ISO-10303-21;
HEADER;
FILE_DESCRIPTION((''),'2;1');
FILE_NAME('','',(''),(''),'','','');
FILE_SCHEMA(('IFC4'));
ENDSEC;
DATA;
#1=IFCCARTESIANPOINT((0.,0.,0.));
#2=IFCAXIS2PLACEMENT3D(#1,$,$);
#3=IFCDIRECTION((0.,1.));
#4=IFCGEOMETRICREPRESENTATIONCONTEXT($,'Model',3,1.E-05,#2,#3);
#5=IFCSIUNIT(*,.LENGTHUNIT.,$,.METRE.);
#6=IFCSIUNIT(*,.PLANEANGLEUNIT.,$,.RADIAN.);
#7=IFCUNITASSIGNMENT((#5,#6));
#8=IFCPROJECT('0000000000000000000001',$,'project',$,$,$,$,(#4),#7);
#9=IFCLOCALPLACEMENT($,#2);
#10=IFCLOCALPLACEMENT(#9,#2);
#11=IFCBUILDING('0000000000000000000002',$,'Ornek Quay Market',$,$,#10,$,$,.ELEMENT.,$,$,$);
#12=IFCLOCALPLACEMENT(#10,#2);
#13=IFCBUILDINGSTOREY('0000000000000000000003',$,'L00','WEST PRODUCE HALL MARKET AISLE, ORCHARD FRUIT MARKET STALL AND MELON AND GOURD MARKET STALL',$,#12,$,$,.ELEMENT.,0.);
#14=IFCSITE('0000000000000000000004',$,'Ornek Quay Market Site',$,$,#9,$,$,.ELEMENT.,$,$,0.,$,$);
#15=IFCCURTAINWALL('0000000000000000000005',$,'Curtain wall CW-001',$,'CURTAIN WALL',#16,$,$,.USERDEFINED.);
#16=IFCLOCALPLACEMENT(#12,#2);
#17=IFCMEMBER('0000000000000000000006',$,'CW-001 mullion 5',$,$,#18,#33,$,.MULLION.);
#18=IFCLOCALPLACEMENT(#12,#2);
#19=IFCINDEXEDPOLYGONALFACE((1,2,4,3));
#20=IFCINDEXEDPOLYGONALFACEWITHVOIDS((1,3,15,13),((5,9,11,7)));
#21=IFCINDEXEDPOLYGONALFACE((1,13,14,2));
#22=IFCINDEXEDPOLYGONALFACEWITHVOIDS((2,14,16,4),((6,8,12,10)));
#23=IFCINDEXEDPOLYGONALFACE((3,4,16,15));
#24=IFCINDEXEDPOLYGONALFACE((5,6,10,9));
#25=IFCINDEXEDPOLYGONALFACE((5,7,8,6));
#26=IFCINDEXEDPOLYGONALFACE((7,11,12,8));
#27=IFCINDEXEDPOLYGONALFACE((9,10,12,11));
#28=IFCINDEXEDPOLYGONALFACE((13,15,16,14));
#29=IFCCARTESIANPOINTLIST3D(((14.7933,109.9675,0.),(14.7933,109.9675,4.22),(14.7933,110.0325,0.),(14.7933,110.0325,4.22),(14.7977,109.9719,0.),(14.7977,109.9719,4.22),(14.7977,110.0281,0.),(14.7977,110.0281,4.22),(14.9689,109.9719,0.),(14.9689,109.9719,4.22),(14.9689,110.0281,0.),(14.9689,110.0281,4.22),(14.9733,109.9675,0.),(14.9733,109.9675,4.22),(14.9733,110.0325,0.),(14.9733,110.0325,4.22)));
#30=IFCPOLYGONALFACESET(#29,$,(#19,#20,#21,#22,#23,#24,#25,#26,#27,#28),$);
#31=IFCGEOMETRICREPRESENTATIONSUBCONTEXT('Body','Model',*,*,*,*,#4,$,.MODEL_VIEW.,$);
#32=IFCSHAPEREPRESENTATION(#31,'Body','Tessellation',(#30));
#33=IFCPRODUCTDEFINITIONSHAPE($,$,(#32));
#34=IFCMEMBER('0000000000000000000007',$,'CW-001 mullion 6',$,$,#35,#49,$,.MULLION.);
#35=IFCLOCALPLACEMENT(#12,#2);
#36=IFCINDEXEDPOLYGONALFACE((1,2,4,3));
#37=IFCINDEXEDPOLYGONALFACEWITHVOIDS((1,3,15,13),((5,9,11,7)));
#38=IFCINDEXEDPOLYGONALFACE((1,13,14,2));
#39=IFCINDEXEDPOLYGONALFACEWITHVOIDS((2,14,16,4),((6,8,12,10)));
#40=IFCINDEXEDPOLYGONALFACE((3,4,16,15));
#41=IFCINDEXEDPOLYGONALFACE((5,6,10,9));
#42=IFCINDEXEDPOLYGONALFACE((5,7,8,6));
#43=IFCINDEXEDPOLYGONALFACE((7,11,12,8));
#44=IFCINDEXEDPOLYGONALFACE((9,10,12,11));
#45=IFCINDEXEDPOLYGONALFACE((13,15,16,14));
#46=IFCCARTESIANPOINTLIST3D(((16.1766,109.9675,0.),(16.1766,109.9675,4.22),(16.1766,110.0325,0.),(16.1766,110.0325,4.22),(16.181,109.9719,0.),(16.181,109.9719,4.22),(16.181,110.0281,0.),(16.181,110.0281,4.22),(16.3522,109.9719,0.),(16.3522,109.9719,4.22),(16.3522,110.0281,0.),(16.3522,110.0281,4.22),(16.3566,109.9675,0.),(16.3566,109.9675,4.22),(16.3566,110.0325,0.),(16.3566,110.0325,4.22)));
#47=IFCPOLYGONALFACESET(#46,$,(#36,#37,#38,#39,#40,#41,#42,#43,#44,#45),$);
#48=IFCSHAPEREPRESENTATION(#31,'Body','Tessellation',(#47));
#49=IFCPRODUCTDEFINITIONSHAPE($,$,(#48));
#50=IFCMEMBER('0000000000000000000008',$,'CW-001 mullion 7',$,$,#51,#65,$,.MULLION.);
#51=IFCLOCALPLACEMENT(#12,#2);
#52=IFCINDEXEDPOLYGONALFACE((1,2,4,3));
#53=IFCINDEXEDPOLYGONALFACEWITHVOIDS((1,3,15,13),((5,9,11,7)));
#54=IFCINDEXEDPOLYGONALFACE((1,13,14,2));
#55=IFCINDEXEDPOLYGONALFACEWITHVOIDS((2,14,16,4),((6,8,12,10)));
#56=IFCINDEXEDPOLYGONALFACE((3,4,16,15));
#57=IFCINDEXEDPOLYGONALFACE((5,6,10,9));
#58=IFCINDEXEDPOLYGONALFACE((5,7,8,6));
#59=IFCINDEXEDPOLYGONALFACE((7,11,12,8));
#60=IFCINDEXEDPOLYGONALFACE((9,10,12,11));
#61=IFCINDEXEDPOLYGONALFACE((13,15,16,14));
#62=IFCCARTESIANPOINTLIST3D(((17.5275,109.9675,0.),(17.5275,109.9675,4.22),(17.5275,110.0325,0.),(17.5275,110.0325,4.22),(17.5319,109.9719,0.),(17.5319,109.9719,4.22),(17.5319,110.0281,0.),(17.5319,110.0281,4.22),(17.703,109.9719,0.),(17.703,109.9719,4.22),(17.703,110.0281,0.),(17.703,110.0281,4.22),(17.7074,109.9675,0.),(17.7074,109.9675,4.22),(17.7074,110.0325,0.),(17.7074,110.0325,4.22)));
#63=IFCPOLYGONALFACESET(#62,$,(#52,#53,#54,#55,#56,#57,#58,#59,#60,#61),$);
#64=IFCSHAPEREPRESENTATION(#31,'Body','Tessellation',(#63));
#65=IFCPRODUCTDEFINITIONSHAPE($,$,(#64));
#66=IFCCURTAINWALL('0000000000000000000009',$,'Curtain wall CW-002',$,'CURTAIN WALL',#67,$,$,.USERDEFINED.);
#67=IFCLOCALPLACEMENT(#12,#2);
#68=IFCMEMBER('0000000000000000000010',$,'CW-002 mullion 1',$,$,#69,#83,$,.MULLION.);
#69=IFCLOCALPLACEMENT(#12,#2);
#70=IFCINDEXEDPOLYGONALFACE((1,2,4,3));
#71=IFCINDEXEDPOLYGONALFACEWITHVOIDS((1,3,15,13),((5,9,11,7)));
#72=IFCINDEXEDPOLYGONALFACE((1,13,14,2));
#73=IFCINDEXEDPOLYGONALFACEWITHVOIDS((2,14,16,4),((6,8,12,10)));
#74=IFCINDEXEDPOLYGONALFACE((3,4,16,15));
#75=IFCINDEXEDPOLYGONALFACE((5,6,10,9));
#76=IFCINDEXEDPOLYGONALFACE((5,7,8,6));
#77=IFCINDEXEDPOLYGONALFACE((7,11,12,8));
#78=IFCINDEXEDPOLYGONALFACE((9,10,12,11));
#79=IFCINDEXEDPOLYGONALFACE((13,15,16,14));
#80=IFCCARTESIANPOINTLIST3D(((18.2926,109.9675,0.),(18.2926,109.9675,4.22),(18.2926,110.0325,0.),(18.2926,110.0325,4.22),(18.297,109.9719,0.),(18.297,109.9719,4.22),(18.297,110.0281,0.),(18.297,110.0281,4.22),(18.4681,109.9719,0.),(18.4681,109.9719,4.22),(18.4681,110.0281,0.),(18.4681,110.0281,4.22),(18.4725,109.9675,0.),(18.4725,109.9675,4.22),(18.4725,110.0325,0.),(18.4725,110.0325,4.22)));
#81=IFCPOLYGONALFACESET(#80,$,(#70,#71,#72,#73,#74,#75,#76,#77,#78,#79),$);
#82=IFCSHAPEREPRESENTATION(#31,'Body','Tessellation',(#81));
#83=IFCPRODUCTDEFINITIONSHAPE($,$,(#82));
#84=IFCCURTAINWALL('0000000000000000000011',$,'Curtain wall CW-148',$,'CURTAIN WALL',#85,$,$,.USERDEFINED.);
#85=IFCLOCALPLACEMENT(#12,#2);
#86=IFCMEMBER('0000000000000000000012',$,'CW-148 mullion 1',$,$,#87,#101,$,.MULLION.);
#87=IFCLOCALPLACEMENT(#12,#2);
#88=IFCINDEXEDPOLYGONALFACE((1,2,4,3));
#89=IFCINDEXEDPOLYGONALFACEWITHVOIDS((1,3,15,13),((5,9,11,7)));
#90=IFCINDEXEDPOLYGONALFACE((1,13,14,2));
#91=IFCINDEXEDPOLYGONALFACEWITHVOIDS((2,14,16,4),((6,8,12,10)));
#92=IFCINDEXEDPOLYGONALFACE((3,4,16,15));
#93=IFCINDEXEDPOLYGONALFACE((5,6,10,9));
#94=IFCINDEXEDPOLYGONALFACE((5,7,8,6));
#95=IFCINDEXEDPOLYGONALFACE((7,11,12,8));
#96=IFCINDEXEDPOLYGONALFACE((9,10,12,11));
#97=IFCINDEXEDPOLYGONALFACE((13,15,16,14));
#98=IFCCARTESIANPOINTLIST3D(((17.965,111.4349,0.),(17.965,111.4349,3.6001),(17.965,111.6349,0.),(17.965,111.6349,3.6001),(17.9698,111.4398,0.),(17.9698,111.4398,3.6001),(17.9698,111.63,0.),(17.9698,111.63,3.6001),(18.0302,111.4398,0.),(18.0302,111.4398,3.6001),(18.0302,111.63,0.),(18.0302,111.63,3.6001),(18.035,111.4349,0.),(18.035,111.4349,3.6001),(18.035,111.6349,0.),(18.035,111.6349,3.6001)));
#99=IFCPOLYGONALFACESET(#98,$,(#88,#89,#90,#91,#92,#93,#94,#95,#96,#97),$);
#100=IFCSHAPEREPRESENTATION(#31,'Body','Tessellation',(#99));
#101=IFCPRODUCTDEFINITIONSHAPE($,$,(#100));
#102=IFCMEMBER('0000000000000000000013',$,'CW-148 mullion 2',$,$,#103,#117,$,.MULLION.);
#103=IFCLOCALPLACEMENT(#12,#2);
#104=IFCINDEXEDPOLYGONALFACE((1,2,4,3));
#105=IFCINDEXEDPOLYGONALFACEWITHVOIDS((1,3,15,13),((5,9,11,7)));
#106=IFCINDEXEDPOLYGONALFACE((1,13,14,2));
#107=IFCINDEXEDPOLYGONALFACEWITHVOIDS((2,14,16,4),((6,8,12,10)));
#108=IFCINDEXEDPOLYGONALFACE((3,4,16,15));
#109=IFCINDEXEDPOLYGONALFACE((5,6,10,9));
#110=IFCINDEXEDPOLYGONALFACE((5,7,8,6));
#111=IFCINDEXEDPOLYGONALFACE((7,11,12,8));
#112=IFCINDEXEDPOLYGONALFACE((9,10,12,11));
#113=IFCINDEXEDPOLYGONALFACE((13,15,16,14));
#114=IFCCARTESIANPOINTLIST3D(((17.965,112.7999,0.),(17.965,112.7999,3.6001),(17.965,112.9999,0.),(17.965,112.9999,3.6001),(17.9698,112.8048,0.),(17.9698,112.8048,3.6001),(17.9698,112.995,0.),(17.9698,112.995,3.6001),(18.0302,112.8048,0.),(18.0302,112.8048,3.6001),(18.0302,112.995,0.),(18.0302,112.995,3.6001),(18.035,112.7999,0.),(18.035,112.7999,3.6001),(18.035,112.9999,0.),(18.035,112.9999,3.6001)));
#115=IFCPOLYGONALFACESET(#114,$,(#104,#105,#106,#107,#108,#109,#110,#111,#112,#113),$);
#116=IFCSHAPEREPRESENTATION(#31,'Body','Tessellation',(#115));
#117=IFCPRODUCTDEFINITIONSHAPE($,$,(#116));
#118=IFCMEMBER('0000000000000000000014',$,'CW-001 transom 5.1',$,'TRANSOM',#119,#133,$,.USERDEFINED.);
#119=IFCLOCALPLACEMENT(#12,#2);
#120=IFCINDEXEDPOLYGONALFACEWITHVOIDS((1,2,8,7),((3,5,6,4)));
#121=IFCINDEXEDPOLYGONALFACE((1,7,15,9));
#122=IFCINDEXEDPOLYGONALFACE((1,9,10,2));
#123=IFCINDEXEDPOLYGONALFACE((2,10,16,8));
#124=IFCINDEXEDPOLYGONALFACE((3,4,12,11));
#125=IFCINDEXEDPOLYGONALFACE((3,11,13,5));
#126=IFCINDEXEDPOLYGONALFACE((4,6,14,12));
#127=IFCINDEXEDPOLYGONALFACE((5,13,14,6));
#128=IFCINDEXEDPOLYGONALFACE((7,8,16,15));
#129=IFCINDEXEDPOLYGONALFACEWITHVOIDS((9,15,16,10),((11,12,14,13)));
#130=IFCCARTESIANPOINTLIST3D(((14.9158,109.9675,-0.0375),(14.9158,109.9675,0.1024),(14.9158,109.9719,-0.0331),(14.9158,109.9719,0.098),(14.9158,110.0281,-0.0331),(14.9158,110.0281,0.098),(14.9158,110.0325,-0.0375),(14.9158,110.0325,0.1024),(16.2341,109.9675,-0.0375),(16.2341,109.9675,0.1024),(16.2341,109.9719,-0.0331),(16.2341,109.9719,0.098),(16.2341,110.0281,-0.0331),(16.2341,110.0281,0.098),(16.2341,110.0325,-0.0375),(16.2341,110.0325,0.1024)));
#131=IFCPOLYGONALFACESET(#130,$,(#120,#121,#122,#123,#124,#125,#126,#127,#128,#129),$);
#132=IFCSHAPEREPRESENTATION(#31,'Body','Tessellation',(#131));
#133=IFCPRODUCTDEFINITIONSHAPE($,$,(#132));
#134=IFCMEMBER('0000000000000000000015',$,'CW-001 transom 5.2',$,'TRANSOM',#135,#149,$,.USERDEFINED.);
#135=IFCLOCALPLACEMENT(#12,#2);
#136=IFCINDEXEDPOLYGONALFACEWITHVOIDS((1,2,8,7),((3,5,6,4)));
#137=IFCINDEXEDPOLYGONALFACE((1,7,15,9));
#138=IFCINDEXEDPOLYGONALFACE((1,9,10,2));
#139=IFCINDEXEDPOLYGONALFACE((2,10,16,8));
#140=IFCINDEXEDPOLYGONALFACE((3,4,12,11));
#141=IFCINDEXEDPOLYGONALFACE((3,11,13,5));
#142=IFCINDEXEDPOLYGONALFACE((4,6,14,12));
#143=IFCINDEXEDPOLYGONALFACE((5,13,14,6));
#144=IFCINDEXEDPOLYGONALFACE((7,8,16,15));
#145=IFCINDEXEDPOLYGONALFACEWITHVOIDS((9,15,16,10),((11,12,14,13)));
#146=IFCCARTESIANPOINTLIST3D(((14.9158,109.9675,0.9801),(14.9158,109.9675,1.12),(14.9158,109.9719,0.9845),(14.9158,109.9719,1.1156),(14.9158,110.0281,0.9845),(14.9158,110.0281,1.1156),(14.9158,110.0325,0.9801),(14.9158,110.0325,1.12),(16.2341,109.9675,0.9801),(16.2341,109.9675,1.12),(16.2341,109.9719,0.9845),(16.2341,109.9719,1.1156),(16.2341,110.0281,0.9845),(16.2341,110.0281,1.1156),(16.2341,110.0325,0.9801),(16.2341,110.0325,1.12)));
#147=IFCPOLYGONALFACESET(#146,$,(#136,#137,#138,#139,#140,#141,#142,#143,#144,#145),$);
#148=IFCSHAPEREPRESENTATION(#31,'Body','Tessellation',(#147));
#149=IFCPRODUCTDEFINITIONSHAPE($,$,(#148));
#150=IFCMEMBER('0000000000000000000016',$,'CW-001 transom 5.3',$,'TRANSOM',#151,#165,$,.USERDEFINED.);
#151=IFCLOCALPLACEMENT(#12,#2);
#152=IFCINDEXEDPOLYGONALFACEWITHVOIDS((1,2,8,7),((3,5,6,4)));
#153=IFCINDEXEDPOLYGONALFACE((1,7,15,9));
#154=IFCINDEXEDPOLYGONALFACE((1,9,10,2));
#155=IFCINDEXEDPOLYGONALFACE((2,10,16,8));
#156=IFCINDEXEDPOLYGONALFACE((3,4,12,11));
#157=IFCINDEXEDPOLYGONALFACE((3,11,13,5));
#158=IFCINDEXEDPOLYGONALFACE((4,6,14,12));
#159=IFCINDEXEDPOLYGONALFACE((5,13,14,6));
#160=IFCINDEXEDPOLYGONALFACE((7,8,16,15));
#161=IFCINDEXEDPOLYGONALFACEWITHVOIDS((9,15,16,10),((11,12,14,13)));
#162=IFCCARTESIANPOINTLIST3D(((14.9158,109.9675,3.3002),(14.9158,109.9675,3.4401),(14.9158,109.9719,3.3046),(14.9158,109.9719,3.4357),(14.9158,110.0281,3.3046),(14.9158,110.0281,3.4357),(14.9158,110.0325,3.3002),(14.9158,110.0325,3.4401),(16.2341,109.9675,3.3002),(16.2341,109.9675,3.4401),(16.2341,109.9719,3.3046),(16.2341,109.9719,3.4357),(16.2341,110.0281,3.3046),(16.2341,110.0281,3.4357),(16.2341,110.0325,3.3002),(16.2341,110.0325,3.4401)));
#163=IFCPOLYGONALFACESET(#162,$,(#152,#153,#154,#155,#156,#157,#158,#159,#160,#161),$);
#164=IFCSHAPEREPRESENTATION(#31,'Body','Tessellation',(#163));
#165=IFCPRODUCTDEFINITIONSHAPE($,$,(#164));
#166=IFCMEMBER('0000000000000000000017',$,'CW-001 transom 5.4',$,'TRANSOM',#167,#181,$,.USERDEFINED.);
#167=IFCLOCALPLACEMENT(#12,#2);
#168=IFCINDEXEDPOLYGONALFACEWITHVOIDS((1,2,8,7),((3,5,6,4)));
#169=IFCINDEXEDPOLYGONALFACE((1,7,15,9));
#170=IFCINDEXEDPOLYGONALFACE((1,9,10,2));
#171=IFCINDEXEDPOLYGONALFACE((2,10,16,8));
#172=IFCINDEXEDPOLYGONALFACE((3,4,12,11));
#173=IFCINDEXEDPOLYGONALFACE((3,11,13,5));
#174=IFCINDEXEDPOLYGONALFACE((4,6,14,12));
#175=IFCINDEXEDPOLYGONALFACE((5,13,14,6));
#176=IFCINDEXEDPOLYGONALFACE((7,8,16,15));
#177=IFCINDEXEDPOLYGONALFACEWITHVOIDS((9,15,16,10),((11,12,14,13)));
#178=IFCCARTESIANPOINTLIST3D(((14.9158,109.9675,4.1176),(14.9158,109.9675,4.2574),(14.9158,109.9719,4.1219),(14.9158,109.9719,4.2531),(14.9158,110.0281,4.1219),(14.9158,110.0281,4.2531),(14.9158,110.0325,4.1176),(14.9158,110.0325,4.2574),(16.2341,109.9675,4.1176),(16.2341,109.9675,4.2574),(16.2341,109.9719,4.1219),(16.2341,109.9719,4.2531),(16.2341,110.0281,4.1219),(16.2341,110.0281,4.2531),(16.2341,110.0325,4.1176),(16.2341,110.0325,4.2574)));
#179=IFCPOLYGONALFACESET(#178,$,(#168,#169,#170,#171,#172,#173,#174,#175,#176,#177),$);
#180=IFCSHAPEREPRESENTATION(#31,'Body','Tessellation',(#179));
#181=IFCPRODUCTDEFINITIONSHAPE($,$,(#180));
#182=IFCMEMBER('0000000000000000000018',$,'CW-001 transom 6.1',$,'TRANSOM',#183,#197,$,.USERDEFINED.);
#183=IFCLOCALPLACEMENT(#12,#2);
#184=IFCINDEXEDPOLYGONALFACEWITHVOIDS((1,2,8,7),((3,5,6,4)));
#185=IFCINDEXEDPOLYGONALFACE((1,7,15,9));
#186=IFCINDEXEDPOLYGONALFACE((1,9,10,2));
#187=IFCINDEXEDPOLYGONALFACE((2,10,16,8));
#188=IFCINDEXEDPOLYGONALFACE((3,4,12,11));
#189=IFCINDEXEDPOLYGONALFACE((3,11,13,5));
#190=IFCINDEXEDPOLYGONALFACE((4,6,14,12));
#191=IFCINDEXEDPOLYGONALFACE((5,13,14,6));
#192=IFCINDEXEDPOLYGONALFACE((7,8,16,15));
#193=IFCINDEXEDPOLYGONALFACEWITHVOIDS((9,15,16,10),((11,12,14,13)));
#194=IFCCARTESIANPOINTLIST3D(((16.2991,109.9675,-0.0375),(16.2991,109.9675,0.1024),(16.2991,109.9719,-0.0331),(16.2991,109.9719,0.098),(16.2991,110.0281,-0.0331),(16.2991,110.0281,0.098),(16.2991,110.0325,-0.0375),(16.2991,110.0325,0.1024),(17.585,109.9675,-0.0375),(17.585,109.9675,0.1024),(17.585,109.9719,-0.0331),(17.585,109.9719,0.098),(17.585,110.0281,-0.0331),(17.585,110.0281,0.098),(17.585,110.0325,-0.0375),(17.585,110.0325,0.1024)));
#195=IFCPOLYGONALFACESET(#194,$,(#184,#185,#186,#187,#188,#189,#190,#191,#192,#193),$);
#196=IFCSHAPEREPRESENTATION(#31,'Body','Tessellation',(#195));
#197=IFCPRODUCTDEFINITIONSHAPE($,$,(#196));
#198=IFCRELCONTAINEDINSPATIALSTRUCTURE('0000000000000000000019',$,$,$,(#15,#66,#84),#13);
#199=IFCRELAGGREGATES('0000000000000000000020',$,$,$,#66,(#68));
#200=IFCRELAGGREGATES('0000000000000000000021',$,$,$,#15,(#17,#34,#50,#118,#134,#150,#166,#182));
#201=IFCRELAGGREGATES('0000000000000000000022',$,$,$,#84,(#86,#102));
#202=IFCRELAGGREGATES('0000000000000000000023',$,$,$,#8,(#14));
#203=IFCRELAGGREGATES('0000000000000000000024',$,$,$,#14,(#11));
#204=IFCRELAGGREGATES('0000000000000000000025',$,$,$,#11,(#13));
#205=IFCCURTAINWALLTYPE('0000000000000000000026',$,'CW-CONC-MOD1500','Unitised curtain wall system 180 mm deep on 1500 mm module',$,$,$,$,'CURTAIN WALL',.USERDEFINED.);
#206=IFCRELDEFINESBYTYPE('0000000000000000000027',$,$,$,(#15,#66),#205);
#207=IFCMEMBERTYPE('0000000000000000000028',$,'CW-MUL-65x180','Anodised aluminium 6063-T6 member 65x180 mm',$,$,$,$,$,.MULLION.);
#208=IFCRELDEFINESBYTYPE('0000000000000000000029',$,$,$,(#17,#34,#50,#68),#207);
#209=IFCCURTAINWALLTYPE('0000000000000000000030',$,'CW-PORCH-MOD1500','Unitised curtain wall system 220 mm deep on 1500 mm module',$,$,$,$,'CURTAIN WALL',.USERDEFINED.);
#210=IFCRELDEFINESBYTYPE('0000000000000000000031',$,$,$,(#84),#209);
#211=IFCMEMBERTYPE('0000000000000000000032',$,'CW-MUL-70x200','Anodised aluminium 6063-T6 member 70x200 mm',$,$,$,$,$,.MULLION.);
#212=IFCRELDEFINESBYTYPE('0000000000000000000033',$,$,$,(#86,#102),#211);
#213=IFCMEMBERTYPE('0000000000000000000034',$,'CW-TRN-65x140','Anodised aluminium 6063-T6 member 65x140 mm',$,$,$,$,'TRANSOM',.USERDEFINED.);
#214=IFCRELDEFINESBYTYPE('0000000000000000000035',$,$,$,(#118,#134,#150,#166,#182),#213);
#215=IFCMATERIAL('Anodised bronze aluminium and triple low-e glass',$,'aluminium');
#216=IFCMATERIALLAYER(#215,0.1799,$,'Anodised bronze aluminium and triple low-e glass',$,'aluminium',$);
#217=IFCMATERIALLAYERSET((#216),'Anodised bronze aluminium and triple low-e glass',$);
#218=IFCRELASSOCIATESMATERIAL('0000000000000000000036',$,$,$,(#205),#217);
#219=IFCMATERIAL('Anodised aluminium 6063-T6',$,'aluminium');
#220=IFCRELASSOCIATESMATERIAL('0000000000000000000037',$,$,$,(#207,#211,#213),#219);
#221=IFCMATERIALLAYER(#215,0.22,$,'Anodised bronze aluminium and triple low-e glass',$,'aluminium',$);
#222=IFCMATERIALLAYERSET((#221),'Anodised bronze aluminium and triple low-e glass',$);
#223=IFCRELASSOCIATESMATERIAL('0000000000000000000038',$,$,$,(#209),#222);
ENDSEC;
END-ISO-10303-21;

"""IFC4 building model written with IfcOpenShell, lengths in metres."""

from ifc_helpers import new_model, si_unit, direction, frame, origin, origin_2d, place, context, subcontext, project, spatial, hollow_rectangle, extrude, material, layer, layer_set, material_profile, profile_set, type_object, element, aggregate, save


model = new_model("IFC4")

# Units and contexts
model_context = context("Model", 3, precision=1e-05, world=origin(), true_north=direction((0.0, 1.0)))
body_context = subcontext(model_context, "Body", "Model", "MODEL_VIEW")
ifc_project = project(units=[si_unit("LENGTHUNIT", "METRE"), si_unit("PLANEANGLEUNIT", "RADIAN")], contexts=[model_context])

# Site, building, storey
site_placement = place(None, origin())
site = spatial("IfcSite", under=ifc_project, at=site_placement, Name="Ornek Quay Market Site", CompositionType="ELEMENT", RefElevation=0.0)
building_placement = place(site_placement, origin())
building = spatial("IfcBuilding", under=site, at=building_placement, Name="Ornek Quay Market", CompositionType="ELEMENT")
storey_placement = place(building_placement, origin())
storey = spatial("IfcBuildingStorey", under=building, at=storey_placement, Name="L00", Description="WEST PRODUCE HALL MARKET AISLE, ORCHARD FRUIT MARKET STALL AND MELON AND GOURD MARKET STALL", CompositionType="ELEMENT", Elevation=0.0)

# Curtain wall, members
ifc_material_1 = material(Name="Anodised bronze aluminium and triple low-e glass", Category="aluminium")
ifc_layer_1 = layer(ifc_material_1, 0.1799, Name="Anodised bronze aluminium and triple low-e glass", Category="aluminium")
ifc_layer_set_1 = layer_set([ifc_layer_1], Name="Anodised bronze aluminium and triple low-e glass")
curtain_wall_type_1 = type_object("IfcCurtainWallType", Name="CW-CONC-MOD1500", Description="Unitised curtain wall system 180 mm deep on 1500 mm module", ElementType="CURTAIN WALL", PredefinedType="USERDEFINED", material=ifc_layer_set_1)
curtain_wall_1_placement = place(storey_placement, origin())
curtain_wall_1 = element("IfcCurtainWall", 1, at=curtain_wall_1_placement, inside=storey, type_object=curtain_wall_type_1, Name="Curtain wall CW-001", ObjectType="CURTAIN WALL", PredefinedType="USERDEFINED")
ifc_material_2 = material(Name="Anodised aluminium 6063-T6", Category="aluminium")
ifc_material_profile_1 = material_profile(ifc_material_2, hollow_rectangle(XDim=0.0649, YDim=0.1799, WallThickness=0.0044, at=origin_2d()), Name="CW-MUL-65x180", Category="aluminium")
ifc_profile_set_1 = profile_set([ifc_material_profile_1], Name="Anodised aluminium 6063-T6")
member_type_1 = type_object("IfcMemberType", Name="CW-MUL-65x180", Description="Anodised aluminium 6063-T6 member 65x180 mm", PredefinedType="MULLION", material=ifc_profile_set_1)
member_1_placement = place(storey_placement, frame((14.8833, 110.0, 0.0), z_axis=(0.0, 0.0, 1.0), x_axis=(0.0, 1.0, 0.0)))
member_1 = element("IfcMember", 2, at=member_1_placement, type_object=member_type_1, Name="CW-001 mullion 5", PredefinedType="MULLION", context=body_context, shape_type="SweptSolid", body=[
    extrude(hollow_rectangle(XDim=0.0649, YDim=0.1799, WallThickness=0.0044, at=origin_2d()), origin(), (0.0, 0.0, 1.0), 4.22),
])
member_2_placement = place(storey_placement, frame((16.2666, 110.0, 0.0), z_axis=(0.0, 0.0, 1.0), x_axis=(0.0, 1.0, 0.0)))
member_2 = element("IfcMember", 3, at=member_2_placement, type_object=member_type_1, Name="CW-001 mullion 6", PredefinedType="MULLION", context=body_context, shape_type="SweptSolid", body=[
    extrude(hollow_rectangle(XDim=0.0649, YDim=0.1799, WallThickness=0.0044, at=origin_2d()), origin(), (0.0, 0.0, 1.0), 4.22),
])
member_3_placement = place(storey_placement, frame((17.6174, 110.0, 0.0), z_axis=(0.0, 0.0, 1.0), x_axis=(0.0, 1.0, 0.0)))
member_3 = element("IfcMember", 4, at=member_3_placement, type_object=member_type_1, Name="CW-001 mullion 7", PredefinedType="MULLION", context=body_context, shape_type="SweptSolid", body=[
    extrude(hollow_rectangle(XDim=0.0649, YDim=0.1799, WallThickness=0.0044, at=origin_2d()), origin(), (0.0, 0.0, 1.0), 4.22),
])

# Curtain wall, member
curtain_wall_2_placement = place(storey_placement, origin())
curtain_wall_2 = element("IfcCurtainWall", 5, at=curtain_wall_2_placement, inside=storey, type_object=curtain_wall_type_1, Name="Curtain wall CW-002", ObjectType="CURTAIN WALL", PredefinedType="USERDEFINED")
member_4_placement = place(storey_placement, frame((18.3826, 110.0, 0.0), z_axis=(0.0, 0.0, 1.0), x_axis=(0.0, 1.0, 0.0)))
member_4 = element("IfcMember", 6, at=member_4_placement, type_object=member_type_1, Name="CW-002 mullion 1", PredefinedType="MULLION", context=body_context, shape_type="SweptSolid", body=[
    extrude(hollow_rectangle(XDim=0.0649, YDim=0.1799, WallThickness=0.0044, at=origin_2d()), origin(), (0.0, 0.0, 1.0), 4.22),
])

# Curtain wall, members
ifc_layer_2 = layer(ifc_material_1, 0.22, Name="Anodised bronze aluminium and triple low-e glass", Category="aluminium")
ifc_layer_set_2 = layer_set([ifc_layer_2], Name="Anodised bronze aluminium and triple low-e glass")
curtain_wall_type_2 = type_object("IfcCurtainWallType", Name="CW-PORCH-MOD1500", Description="Unitised curtain wall system 220 mm deep on 1500 mm module", ElementType="CURTAIN WALL", PredefinedType="USERDEFINED", material=ifc_layer_set_2)
curtain_wall_3_placement = place(storey_placement, origin())
curtain_wall_3 = element("IfcCurtainWall", 7, at=curtain_wall_3_placement, inside=storey, type_object=curtain_wall_type_2, Name="Curtain wall CW-148", ObjectType="CURTAIN WALL", PredefinedType="USERDEFINED")
ifc_material_profile_2 = material_profile(ifc_material_2, hollow_rectangle(XDim=0.0701, YDim=0.2, WallThickness=0.0049, at=origin_2d()), Name="CW-MUL-70x200", Category="aluminium")
ifc_profile_set_2 = profile_set([ifc_material_profile_2], Name="Anodised aluminium 6063-T6")
member_type_2 = type_object("IfcMemberType", Name="CW-MUL-70x200", Description="Anodised aluminium 6063-T6 member 70x200 mm", PredefinedType="MULLION", material=ifc_profile_set_2)
member_5_placement = place(storey_placement, frame((18.0, 111.5349, 0.0), z_axis=(0.0, 0.0, 1.0), x_axis=(-1.0, 0.0, 0.0)))
member_5 = element("IfcMember", 8, at=member_5_placement, type_object=member_type_2, Name="CW-148 mullion 1", PredefinedType="MULLION", context=body_context, shape_type="SweptSolid", body=[
    extrude(hollow_rectangle(XDim=0.0701, YDim=0.2, WallThickness=0.0049, at=origin_2d()), origin(), (0.0, 0.0, 1.0), 3.6001),
])
member_6_placement = place(storey_placement, frame((18.0, 112.8999, 0.0), z_axis=(0.0, 0.0, 1.0), x_axis=(-1.0, 0.0, 0.0)))
member_6 = element("IfcMember", 9, at=member_6_placement, type_object=member_type_2, Name="CW-148 mullion 2", PredefinedType="MULLION", context=body_context, shape_type="SweptSolid", body=[
    extrude(hollow_rectangle(XDim=0.0701, YDim=0.2, WallThickness=0.0049, at=origin_2d()), origin(), (0.0, 0.0, 1.0), 3.6001),
])

# Members
ifc_material_profile_3 = material_profile(ifc_material_2, hollow_rectangle(XDim=0.0649, YDim=0.1399, WallThickness=0.0044, at=origin_2d()), Name="CW-TRN-65x140", Category="aluminium")
ifc_profile_set_3 = profile_set([ifc_material_profile_3], Name="Anodised aluminium 6063-T6")
member_type_3 = type_object("IfcMemberType", Name="CW-TRN-65x140", Description="Anodised aluminium 6063-T6 member 65x140 mm", ElementType="TRANSOM", PredefinedType="USERDEFINED", material=ifc_profile_set_3)
member_7_placement = place(storey_placement, frame((14.9158, 110.0, 0.0325), z_axis=(1.0, 0.0, 0.0), x_axis=(0.0, 1.0, 0.0)))
member_7 = element("IfcMember", 10, at=member_7_placement, type_object=member_type_3, Name="CW-001 transom 5.1", ObjectType="TRANSOM", PredefinedType="USERDEFINED", context=body_context, shape_type="SweptSolid", body=[
    extrude(hollow_rectangle(XDim=0.0649, YDim=0.1399, WallThickness=0.0044, at=origin_2d()), origin(), (0.0, 0.0, 1.0), 1.3184),
])
member_8_placement = place(storey_placement, frame((14.9158, 110.0, 1.05), z_axis=(1.0, 0.0, 0.0), x_axis=(0.0, 1.0, 0.0)))
member_8 = element("IfcMember", 11, at=member_8_placement, type_object=member_type_3, Name="CW-001 transom 5.2", ObjectType="TRANSOM", PredefinedType="USERDEFINED", context=body_context, shape_type="SweptSolid", body=[
    extrude(hollow_rectangle(XDim=0.0649, YDim=0.1399, WallThickness=0.0044, at=origin_2d()), origin(), (0.0, 0.0, 1.0), 1.3184),
])
member_9_placement = place(storey_placement, frame((14.9158, 110.0, 3.3701), z_axis=(1.0, 0.0, 0.0), x_axis=(0.0, 1.0, 0.0)))
member_9 = element("IfcMember", 12, at=member_9_placement, type_object=member_type_3, Name="CW-001 transom 5.3", ObjectType="TRANSOM", PredefinedType="USERDEFINED", context=body_context, shape_type="SweptSolid", body=[
    extrude(hollow_rectangle(XDim=0.0649, YDim=0.1399, WallThickness=0.0044, at=origin_2d()), origin(), (0.0, 0.0, 1.0), 1.3184),
])
member_10_placement = place(storey_placement, frame((14.9158, 110.0, 4.1875), z_axis=(1.0, 0.0, 0.0), x_axis=(0.0, 1.0, 0.0)))
member_10 = element("IfcMember", 13, at=member_10_placement, type_object=member_type_3, Name="CW-001 transom 5.4", ObjectType="TRANSOM", PredefinedType="USERDEFINED", context=body_context, shape_type="SweptSolid", body=[
    extrude(hollow_rectangle(XDim=0.0649, YDim=0.1399, WallThickness=0.0044, at=origin_2d()), origin(), (0.0, 0.0, 1.0), 1.3184),
])
member_11_placement = place(storey_placement, frame((16.2991, 110.0, 0.0325), z_axis=(1.0, 0.0, 0.0), x_axis=(0.0, 1.0, 0.0)))
member_11 = element("IfcMember", 14, at=member_11_placement, type_object=member_type_3, Name="CW-001 transom 6.1", ObjectType="TRANSOM", PredefinedType="USERDEFINED", context=body_context, shape_type="SweptSolid", body=[
    extrude(hollow_rectangle(XDim=0.0649, YDim=0.1399, WallThickness=0.0044, at=origin_2d()), origin(), (0.0, 0.0, 1.0), 1.2859),
])
aggregate(curtain_wall_2, [member_4])

aggregate(curtain_wall_1, [member_1, member_2, member_3, member_7, member_8, member_9, member_10, member_11])
aggregate(curtain_wall_3, [member_5, member_6])

save(model, "model.ifc")
